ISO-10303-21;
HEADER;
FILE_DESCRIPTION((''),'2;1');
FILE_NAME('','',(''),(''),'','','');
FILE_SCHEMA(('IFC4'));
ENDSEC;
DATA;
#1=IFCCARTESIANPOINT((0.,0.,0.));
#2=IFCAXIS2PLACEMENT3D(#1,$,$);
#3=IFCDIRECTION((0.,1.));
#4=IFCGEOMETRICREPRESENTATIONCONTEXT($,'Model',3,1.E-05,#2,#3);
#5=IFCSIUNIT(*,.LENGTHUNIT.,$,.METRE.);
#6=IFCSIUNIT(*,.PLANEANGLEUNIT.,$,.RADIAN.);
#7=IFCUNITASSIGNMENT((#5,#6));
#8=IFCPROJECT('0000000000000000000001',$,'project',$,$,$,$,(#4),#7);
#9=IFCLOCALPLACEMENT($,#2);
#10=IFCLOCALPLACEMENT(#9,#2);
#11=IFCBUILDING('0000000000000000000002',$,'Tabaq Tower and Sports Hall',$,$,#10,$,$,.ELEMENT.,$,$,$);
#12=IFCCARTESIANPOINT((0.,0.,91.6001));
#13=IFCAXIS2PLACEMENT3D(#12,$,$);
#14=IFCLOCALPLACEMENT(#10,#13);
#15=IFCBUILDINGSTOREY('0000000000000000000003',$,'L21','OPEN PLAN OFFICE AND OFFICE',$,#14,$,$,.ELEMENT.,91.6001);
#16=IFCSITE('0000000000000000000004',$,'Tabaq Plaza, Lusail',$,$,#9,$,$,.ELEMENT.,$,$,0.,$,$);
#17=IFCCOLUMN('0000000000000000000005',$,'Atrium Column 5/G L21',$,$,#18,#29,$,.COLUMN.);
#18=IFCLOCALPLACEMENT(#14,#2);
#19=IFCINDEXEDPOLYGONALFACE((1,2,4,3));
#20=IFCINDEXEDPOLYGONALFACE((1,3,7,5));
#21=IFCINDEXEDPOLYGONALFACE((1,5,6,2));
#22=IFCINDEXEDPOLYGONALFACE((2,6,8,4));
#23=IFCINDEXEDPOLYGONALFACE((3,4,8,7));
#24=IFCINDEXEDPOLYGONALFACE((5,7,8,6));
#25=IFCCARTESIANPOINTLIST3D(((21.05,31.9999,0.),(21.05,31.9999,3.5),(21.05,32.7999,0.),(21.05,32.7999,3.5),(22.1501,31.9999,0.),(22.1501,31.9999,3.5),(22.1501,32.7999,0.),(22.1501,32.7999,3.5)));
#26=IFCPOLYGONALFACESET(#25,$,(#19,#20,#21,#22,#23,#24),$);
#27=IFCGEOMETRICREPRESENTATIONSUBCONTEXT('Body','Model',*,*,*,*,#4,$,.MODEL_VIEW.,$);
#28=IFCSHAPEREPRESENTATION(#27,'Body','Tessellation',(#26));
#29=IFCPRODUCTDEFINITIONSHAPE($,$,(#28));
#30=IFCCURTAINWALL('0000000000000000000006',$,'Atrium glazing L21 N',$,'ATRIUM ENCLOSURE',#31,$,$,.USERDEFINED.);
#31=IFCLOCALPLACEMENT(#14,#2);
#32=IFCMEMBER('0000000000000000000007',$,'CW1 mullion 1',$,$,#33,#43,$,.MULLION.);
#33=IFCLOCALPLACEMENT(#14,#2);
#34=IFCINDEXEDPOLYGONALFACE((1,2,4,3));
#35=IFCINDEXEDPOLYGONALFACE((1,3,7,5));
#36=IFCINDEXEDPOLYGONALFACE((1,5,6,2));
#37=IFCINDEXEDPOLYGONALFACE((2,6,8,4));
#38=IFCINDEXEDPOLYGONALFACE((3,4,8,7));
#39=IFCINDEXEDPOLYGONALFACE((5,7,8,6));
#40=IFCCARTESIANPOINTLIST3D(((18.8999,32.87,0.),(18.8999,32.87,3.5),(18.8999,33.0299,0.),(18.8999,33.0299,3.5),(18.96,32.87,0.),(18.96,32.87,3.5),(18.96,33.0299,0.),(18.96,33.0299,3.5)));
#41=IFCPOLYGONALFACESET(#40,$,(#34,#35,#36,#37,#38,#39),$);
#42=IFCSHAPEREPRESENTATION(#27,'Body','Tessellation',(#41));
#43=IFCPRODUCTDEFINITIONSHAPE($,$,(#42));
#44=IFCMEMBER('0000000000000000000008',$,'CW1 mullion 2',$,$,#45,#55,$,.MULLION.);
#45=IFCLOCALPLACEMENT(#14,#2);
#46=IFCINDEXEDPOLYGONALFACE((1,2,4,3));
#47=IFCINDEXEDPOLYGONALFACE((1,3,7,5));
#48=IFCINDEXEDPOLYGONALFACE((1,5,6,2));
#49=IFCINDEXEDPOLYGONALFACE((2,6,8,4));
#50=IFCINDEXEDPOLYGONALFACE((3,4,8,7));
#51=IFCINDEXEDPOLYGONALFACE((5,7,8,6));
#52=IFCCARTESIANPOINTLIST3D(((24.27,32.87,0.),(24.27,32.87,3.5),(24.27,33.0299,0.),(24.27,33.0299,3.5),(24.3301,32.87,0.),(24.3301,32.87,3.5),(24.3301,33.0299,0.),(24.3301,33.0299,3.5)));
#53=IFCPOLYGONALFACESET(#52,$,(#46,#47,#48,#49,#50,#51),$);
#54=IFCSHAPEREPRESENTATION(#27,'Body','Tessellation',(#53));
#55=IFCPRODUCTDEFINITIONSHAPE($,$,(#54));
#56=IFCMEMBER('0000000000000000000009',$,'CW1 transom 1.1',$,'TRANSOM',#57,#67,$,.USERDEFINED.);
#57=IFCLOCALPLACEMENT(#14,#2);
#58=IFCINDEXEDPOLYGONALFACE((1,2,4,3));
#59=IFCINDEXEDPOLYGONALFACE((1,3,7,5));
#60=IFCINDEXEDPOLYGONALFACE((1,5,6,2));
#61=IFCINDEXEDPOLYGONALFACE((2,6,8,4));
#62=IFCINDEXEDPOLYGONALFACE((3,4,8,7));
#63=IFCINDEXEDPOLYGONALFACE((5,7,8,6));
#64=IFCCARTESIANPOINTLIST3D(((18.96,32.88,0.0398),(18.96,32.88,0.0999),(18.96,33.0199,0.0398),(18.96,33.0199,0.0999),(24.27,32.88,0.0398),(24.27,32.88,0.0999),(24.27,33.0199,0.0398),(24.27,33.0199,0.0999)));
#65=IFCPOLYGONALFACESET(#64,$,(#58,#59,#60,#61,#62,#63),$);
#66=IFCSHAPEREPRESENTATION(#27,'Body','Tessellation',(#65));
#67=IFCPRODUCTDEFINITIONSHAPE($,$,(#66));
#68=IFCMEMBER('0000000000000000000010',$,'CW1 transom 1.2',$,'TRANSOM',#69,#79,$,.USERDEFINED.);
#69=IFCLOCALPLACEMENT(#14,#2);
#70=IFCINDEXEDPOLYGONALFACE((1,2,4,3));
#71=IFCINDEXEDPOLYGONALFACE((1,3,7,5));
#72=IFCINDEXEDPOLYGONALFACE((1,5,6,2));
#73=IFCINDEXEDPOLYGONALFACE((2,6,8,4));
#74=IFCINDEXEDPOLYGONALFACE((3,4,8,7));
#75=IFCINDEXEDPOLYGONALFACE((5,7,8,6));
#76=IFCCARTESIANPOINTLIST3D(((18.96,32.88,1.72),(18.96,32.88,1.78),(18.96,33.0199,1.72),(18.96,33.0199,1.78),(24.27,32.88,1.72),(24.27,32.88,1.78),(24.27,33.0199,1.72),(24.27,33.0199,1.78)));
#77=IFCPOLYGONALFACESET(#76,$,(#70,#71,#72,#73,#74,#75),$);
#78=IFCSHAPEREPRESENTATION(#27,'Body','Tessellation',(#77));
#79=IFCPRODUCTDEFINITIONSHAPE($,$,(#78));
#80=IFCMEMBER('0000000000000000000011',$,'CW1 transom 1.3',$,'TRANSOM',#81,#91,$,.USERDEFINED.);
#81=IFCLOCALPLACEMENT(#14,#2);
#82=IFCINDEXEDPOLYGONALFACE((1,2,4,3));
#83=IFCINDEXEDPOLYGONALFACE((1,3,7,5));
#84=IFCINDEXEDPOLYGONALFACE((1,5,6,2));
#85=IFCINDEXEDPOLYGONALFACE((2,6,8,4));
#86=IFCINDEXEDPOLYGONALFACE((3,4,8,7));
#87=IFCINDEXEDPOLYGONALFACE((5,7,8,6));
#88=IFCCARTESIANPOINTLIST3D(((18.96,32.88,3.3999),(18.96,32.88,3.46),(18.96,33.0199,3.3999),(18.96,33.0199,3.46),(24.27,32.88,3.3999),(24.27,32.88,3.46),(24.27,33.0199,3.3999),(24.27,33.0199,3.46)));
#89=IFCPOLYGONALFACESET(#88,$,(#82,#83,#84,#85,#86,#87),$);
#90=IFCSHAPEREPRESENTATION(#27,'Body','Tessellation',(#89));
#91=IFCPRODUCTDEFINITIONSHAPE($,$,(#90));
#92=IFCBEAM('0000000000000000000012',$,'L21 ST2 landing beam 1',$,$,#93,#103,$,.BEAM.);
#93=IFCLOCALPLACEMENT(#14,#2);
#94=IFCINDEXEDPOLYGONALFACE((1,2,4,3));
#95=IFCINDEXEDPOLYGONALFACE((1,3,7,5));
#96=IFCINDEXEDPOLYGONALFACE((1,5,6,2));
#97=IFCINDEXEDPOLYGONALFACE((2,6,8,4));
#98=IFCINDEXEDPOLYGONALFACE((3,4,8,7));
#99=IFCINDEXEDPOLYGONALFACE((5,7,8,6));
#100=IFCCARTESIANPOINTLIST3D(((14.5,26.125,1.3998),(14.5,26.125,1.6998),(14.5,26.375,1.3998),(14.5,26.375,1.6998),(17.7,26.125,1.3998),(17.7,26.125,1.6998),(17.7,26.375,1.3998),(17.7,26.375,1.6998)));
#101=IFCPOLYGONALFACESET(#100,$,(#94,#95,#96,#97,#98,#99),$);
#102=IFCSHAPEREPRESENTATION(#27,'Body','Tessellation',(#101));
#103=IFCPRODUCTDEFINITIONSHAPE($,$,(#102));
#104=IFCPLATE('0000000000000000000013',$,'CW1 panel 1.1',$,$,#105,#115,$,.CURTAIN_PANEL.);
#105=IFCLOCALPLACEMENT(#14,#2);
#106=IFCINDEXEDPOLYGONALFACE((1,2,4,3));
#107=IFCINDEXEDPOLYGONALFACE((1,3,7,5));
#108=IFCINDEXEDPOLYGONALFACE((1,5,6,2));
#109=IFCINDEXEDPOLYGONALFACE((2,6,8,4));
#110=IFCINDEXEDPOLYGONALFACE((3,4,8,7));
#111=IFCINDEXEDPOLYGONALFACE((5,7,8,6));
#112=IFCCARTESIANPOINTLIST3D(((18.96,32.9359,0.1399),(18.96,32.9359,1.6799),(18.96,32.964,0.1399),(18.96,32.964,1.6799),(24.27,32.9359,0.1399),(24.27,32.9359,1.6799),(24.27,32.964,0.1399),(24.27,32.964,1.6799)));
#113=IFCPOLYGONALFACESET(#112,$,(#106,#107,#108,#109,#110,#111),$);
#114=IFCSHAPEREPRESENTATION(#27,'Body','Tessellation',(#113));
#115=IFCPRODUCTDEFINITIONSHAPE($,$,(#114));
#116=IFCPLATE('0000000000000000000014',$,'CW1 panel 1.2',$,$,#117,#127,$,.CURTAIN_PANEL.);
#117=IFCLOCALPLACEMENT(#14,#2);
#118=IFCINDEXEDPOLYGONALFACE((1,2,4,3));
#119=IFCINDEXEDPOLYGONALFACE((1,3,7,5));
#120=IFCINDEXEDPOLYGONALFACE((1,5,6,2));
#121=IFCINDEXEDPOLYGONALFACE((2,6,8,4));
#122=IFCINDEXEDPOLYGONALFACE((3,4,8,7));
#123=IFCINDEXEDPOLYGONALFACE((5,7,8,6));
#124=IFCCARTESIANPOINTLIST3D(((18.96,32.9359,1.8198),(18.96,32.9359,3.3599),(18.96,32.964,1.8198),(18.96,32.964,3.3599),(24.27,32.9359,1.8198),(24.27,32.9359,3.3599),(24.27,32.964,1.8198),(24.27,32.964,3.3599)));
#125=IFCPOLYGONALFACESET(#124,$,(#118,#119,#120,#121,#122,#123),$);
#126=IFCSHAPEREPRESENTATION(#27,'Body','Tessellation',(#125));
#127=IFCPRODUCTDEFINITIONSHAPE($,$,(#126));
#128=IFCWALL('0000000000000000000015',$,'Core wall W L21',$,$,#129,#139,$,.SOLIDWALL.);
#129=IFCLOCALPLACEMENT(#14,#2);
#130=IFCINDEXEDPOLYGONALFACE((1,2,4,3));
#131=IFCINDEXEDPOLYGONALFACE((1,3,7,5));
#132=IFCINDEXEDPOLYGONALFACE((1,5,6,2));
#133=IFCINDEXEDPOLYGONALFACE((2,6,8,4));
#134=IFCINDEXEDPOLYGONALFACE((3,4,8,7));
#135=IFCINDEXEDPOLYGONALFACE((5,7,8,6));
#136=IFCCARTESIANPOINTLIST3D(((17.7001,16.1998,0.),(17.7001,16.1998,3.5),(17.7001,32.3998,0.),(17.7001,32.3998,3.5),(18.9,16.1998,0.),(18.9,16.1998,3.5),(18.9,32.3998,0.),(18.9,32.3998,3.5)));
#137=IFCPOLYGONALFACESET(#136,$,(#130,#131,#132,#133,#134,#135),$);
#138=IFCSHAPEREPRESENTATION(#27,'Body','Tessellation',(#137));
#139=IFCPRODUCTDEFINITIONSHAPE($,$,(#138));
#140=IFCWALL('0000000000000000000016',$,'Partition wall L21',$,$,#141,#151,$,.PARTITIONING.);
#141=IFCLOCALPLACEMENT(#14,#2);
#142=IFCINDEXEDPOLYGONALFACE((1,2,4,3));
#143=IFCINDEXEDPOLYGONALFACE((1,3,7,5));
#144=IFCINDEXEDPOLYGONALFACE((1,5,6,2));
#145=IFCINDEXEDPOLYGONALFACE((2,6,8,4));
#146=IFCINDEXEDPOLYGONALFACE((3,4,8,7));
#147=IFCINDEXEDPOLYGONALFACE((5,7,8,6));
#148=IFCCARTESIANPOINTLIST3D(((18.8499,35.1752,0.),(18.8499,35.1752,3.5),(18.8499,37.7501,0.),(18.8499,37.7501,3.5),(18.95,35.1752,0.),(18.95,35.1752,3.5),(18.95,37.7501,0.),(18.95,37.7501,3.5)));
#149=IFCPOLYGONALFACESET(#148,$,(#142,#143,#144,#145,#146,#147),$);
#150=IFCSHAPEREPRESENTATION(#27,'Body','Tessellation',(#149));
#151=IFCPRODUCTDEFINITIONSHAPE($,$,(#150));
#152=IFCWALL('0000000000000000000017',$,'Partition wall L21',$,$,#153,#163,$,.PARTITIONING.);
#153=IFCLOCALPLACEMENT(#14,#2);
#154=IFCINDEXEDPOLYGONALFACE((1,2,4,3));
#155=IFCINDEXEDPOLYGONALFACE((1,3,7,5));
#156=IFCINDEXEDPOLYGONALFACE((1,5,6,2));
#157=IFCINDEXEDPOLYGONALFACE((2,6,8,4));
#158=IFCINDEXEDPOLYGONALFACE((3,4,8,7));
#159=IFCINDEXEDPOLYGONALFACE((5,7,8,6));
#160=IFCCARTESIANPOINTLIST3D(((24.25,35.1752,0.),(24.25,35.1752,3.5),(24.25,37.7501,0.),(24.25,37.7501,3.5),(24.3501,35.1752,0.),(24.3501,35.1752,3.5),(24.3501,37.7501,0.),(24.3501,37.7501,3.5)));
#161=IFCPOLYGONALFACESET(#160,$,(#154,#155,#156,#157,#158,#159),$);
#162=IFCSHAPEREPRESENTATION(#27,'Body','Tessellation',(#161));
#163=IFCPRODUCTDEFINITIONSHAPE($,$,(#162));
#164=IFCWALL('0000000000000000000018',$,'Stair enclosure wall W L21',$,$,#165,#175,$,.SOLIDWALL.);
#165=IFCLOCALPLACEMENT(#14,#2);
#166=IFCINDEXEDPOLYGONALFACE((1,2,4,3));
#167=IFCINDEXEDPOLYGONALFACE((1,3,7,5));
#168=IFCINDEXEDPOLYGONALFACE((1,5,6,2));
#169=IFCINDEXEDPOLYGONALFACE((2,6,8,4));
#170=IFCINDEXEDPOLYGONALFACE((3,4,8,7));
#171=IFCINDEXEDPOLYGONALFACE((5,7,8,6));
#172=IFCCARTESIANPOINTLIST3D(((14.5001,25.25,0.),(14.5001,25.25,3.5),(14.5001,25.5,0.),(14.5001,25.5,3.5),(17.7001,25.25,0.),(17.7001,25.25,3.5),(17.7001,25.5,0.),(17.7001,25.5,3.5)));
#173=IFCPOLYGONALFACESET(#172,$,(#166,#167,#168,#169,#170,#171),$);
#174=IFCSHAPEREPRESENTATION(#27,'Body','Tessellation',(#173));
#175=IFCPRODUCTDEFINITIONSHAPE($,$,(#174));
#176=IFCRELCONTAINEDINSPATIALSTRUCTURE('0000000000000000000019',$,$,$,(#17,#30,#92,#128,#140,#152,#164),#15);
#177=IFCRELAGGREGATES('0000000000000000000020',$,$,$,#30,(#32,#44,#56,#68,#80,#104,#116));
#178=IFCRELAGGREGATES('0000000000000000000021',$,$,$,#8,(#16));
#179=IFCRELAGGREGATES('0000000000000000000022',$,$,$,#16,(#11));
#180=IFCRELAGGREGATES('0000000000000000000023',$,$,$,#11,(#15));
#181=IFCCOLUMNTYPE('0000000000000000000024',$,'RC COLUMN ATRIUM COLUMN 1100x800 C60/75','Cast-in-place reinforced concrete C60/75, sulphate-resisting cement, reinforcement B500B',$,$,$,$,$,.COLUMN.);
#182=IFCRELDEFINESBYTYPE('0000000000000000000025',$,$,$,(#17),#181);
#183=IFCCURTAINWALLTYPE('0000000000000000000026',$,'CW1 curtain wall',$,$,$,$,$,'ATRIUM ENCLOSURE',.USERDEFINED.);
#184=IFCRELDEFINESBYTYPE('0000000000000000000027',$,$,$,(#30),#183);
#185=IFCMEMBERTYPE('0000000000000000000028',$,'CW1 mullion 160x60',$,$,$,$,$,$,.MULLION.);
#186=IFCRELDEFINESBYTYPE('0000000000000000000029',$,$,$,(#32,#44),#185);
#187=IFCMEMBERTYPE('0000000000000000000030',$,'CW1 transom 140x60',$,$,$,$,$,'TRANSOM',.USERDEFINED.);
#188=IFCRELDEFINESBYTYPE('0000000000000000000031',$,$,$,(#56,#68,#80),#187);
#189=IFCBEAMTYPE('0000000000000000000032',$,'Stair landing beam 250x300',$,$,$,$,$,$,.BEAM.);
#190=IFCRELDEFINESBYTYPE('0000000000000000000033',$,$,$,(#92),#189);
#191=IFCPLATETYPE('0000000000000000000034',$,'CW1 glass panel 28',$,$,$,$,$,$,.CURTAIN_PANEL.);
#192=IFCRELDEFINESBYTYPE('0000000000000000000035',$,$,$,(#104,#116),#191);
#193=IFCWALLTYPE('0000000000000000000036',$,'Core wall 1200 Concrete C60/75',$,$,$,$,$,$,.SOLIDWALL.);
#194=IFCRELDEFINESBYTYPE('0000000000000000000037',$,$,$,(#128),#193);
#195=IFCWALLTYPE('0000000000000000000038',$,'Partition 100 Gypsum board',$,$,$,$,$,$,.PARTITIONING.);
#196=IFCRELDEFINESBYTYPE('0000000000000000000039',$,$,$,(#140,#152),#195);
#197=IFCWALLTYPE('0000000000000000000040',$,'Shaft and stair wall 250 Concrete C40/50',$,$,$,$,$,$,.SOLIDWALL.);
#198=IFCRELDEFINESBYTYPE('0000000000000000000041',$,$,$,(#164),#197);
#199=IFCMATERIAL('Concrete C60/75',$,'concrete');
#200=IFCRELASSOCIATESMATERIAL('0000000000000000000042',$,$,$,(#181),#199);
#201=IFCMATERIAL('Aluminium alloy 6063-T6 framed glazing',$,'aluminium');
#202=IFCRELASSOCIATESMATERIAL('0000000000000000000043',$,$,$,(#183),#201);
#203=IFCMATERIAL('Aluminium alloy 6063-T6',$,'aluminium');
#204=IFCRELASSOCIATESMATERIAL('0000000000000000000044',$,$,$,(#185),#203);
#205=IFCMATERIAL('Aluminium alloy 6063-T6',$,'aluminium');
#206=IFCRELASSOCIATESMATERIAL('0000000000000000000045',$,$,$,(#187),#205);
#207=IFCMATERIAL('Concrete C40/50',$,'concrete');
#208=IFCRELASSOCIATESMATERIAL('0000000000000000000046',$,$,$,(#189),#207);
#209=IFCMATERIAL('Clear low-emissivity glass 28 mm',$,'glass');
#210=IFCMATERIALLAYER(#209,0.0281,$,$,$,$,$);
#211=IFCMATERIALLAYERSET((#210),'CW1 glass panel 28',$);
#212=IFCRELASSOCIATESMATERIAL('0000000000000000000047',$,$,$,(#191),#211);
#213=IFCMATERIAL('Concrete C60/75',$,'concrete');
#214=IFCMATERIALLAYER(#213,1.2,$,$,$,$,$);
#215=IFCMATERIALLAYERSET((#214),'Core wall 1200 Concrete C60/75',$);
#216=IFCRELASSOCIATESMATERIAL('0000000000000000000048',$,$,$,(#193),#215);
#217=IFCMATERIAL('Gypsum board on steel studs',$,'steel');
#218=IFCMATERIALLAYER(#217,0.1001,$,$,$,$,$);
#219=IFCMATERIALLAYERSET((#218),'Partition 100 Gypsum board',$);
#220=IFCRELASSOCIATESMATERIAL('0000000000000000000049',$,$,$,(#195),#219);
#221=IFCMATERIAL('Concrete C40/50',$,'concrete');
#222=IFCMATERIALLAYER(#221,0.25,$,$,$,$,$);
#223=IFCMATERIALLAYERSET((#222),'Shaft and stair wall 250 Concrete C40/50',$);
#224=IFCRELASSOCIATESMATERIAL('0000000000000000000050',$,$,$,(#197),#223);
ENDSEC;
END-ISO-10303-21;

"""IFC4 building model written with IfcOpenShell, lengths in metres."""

from ifc_helpers import new_model, si_unit, direction, frame, frame_2d, origin, origin_2d, place, context, subcontext, project, spatial, rectangle, extrude, material, layer, layer_set, material_profile, profile_set, type_object, element, aggregate, save


model = new_model("IFC4")

# Units and contexts
model_context = context("Model", 3, precision=1e-05, world=origin(), true_north=direction((0.0, 1.0)))
body_context = subcontext(model_context, "Body", "Model", "MODEL_VIEW")
ifc_project = project(units=[si_unit("LENGTHUNIT", "METRE"), si_unit("PLANEANGLEUNIT", "RADIAN")], contexts=[model_context])

# Site, building, storey
site_placement = place(None, origin())
site = spatial("IfcSite", under=ifc_project, at=site_placement, Name="Tabaq Plaza, Lusail", CompositionType="ELEMENT", RefElevation=0.0)
building_placement = place(site_placement, origin())
building = spatial("IfcBuilding", under=site, at=building_placement, Name="Tabaq Tower and Sports Hall", CompositionType="ELEMENT")
storey_placement = place(building_placement, frame((0.0, 0.0, 91.6001)))
storey = spatial("IfcBuildingStorey", under=building, at=storey_placement, Name="L21", Description="OPEN PLAN OFFICE AND OFFICE", CompositionType="ELEMENT", Elevation=91.6001)

# Column
ifc_material_1 = material(Name="Concrete C60/75", Category="concrete")
ifc_material_profile_1 = material_profile(ifc_material_1, rectangle(XDim=1.1001, YDim=0.8, at=origin_2d()), Name="ATRIUM COLUMN 1100x800")
ifc_profile_set_1 = profile_set([ifc_material_profile_1], Name="Concrete C60/75")
column_type = type_object("IfcColumnType", Name="RC COLUMN ATRIUM COLUMN 1100x800 C60/75", Description="Cast-in-place reinforced concrete C60/75, sulphate-resisting cement, reinforcement B500B", PredefinedType="COLUMN", material=ifc_profile_set_1)
column_placement = place(storey_placement, frame((21.6001, 32.3999, 0.0), z_axis=(0.0, 0.0, 1.0), x_axis=(1.0, 0.0, 0.0)))
element("IfcColumn", 1, at=column_placement, inside=storey, type_object=column_type, Name="Atrium Column 5/G L21", PredefinedType="COLUMN", context=body_context, shape_type="SweptSolid", body=[
    extrude(rectangle(XDim=1.1001, YDim=0.8, at=origin_2d()), origin(), (0.0, 0.0, 1.0), 3.5),
])

# Curtain wall, members
ifc_material_2 = material(Name="Aluminium alloy 6063-T6 framed glazing", Category="aluminium")
curtain_wall_type = type_object("IfcCurtainWallType", Name="CW1 curtain wall", ElementType="ATRIUM ENCLOSURE", PredefinedType="USERDEFINED", material=ifc_material_2)
curtain_wall_placement = place(storey_placement, origin())
curtain_wall = element("IfcCurtainWall", 2, at=curtain_wall_placement, inside=storey, type_object=curtain_wall_type, Name="Atrium glazing L21 N", ObjectType="ATRIUM ENCLOSURE", PredefinedType="USERDEFINED")
ifc_material_3 = material(Name="Aluminium alloy 6063-T6", Category="aluminium")
ifc_material_profile_2 = material_profile(ifc_material_3, rectangle(XDim=0.1599, YDim=0.0601, at=origin_2d()), Name="MULLION 160x60")
ifc_profile_set_2 = profile_set([ifc_material_profile_2], Name="Aluminium alloy 6063-T6")
member_type_1 = type_object("IfcMemberType", Name="CW1 mullion 160x60", PredefinedType="MULLION", material=ifc_profile_set_2)
member_1_placement = place(storey_placement, frame((18.9299, 32.95, 0.0), z_axis=(0.0, 0.0, 1.0), x_axis=(0.0, 1.0, 0.0)))
member_1 = element("IfcMember", 3, at=member_1_placement, type_object=member_type_1, Name="CW1 mullion 1", PredefinedType="MULLION", context=body_context, shape_type="SweptSolid", body=[
    extrude(rectangle(XDim=0.1599, YDim=0.0601, at=origin_2d()), origin(), (0.0, 0.0, 1.0), 3.5),
])
member_2_placement = place(storey_placement, frame((24.3, 32.95, 0.0), z_axis=(0.0, 0.0, 1.0), x_axis=(0.0, 1.0, 0.0)))
member_2 = element("IfcMember", 4, at=member_2_placement, type_object=member_type_1, Name="CW1 mullion 2", PredefinedType="MULLION", context=body_context, shape_type="SweptSolid", body=[
    extrude(rectangle(XDim=0.1599, YDim=0.0601, at=origin_2d()), origin(), (0.0, 0.0, 1.0), 3.5),
])
ifc_material_4 = material(Name="Aluminium alloy 6063-T6", Category="aluminium")
ifc_material_profile_3 = material_profile(ifc_material_4, rectangle(XDim=0.1399, YDim=0.0601, at=origin_2d()), Name="TRANSOM 140x60")
ifc_profile_set_3 = profile_set([ifc_material_profile_3], Name="Aluminium alloy 6063-T6")
member_type_2 = type_object("IfcMemberType", Name="CW1 transom 140x60", ElementType="TRANSOM", PredefinedType="USERDEFINED", material=ifc_profile_set_3)
member_3_placement = place(storey_placement, frame((18.96, 32.95, 0.0698), z_axis=(1.0, 0.0, 0.0), x_axis=(0.0, 1.0, 0.0)))
member_3 = element("IfcMember", 5, at=member_3_placement, type_object=member_type_2, Name="CW1 transom 1.1", ObjectType="TRANSOM", PredefinedType="USERDEFINED", context=body_context, shape_type="SweptSolid", body=[
    extrude(rectangle(XDim=0.1399, YDim=0.0601, at=origin_2d()), origin(), (0.0, 0.0, 1.0), 5.3101),
])
member_4_placement = place(storey_placement, frame((18.96, 32.95, 1.75), z_axis=(1.0, 0.0, 0.0), x_axis=(0.0, 1.0, 0.0)))
member_4 = element("IfcMember", 6, at=member_4_placement, type_object=member_type_2, Name="CW1 transom 1.2", ObjectType="TRANSOM", PredefinedType="USERDEFINED", context=body_context, shape_type="SweptSolid", body=[
    extrude(rectangle(XDim=0.1399, YDim=0.0601, at=origin_2d()), origin(), (0.0, 0.0, 1.0), 5.3101),
])
member_5_placement = place(storey_placement, frame((18.96, 32.95, 3.4299), z_axis=(1.0, 0.0, 0.0), x_axis=(0.0, 1.0, 0.0)))
member_5 = element("IfcMember", 7, at=member_5_placement, type_object=member_type_2, Name="CW1 transom 1.3", ObjectType="TRANSOM", PredefinedType="USERDEFINED", context=body_context, shape_type="SweptSolid", body=[
    extrude(rectangle(XDim=0.1399, YDim=0.0601, at=origin_2d()), origin(), (0.0, 0.0, 1.0), 5.3101),
])

# Beam
ifc_material_5 = material(Name="Concrete C40/50", Category="concrete")
ifc_material_profile_4 = material_profile(ifc_material_5, rectangle(XDim=0.25, YDim=0.3, at=origin_2d()), Name="RC 250x300")
ifc_profile_set_4 = profile_set([ifc_material_profile_4], Name="Concrete C40/50")
beam_type = type_object("IfcBeamType", Name="Stair landing beam 250x300", PredefinedType="BEAM", material=ifc_profile_set_4)
beam_placement = place(storey_placement, frame((14.5, 26.25, 1.5498), z_axis=(1.0, 0.0, 0.0), x_axis=(0.0, 1.0, 0.0)))
element("IfcBeam", 8, at=beam_placement, inside=storey, type_object=beam_type, Name="L21 ST2 landing beam 1", PredefinedType="BEAM", context=body_context, shape_type="SweptSolid", body=[
    extrude(rectangle(XDim=0.25, YDim=0.3, at=origin_2d()), origin(), (0.0, 0.0, 1.0), 3.2),
])

# Plates
ifc_material_6 = material(Name="Clear low-emissivity glass 28 mm", Category="glass")
ifc_layer_1 = layer(ifc_material_6, 0.0281)
ifc_layer_set_1 = layer_set([ifc_layer_1], Name="CW1 glass panel 28")
plate_type = type_object("IfcPlateType", Name="CW1 glass panel 28", PredefinedType="CURTAIN_PANEL", material=ifc_layer_set_1)
plate_1_placement = place(storey_placement, frame((21.615, 32.95, 0.1399), z_axis=(0.0, 0.0, 1.0), x_axis=(1.0, 0.0, 0.0)))
plate_1 = element("IfcPlate", 9, at=plate_1_placement, type_object=plate_type, Name="CW1 panel 1.1", PredefinedType="CURTAIN_PANEL", context=body_context, shape_type="SweptSolid", body=[
    extrude(rectangle(XDim=5.3101, YDim=0.0281, at=origin_2d()), origin(), (0.0, 0.0, 1.0), 1.54),
])
plate_2_placement = place(storey_placement, frame((21.615, 32.95, 1.8198), z_axis=(0.0, 0.0, 1.0), x_axis=(1.0, 0.0, 0.0)))
plate_2 = element("IfcPlate", 10, at=plate_2_placement, type_object=plate_type, Name="CW1 panel 1.2", PredefinedType="CURTAIN_PANEL", context=body_context, shape_type="SweptSolid", body=[
    extrude(rectangle(XDim=5.3101, YDim=0.0281, at=origin_2d()), origin(), (0.0, 0.0, 1.0), 1.54),
])
aggregate(curtain_wall, [member_1, member_2, member_3, member_4, member_5, plate_1, plate_2])

# Walls
ifc_material_7 = material(Name="Concrete C60/75", Category="concrete")
ifc_layer_2 = layer(ifc_material_7, 1.2)
ifc_layer_set_2 = layer_set([ifc_layer_2], Name="Core wall 1200 Concrete C60/75")
wall_type_1 = type_object("IfcWallType", Name="Core wall 1200 Concrete C60/75", PredefinedType="SOLIDWALL", material=ifc_layer_set_2)
wall_1_placement = place(storey_placement, frame((18.3, 32.3999, 0.0), z_axis=(0.0, 0.0, 1.0), x_axis=(0.0, -1.0, 0.0)))
element("IfcWall", 11, at=wall_1_placement, inside=storey, type_object=wall_type_1, Name="Core wall W L21", PredefinedType="SOLIDWALL", context=body_context, shape_type="SweptSolid", body=[
    extrude(rectangle(XDim=16.2, YDim=1.2, at=frame_2d((8.1001, 0.0))), origin(), (0.0, 0.0, 1.0), 3.5),
])
ifc_material_8 = material(Name="Gypsum board on steel studs", Category="steel")
ifc_layer_3 = layer(ifc_material_8, 0.1001)
ifc_layer_set_3 = layer_set([ifc_layer_3], Name="Partition 100 Gypsum board")
wall_type_2 = type_object("IfcWallType", Name="Partition 100 Gypsum board", PredefinedType="PARTITIONING", material=ifc_layer_set_3)
for number, where, z_axis, x_axis, name in (
    (12, (18.8999, 35.175, 0.0), (0.0, 0.0, 1.0), (0.0, 1.0, 0.0), "Partition wall L21"),
    (13, (24.3, 35.175, 0.0), (0.0, 0.0, 1.0), (0.0, 1.0, 0.0), "Partition wall L21"),
):
    element("IfcWall", number, at=place(storey_placement, frame(where, z_axis=z_axis, x_axis=x_axis)), inside=storey, type_object=wall_type_2, Name=name, PredefinedType="PARTITIONING", context=body_context, shape_type="SweptSolid", body=[
        extrude(rectangle(XDim=2.575, YDim=0.1001, at=frame_2d((1.2876, 0.0))), origin(), (0.0, 0.0, 1.0), 3.5),
    ])
ifc_material_9 = material(Name="Concrete C40/50", Category="concrete")
ifc_layer_4 = layer(ifc_material_9, 0.25)
ifc_layer_set_4 = layer_set([ifc_layer_4], Name="Shaft and stair wall 250 Concrete C40/50")
wall_type_3 = type_object("IfcWallType", Name="Shaft and stair wall 250 Concrete C40/50", PredefinedType="SOLIDWALL", material=ifc_layer_set_4)
wall_2_placement = place(storey_placement, frame((14.5, 25.375, 0.0), z_axis=(0.0, 0.0, 1.0), x_axis=(1.0, 0.0, 0.0)))
element("IfcWall", 14, at=wall_2_placement, inside=storey, type_object=wall_type_3, Name="Stair enclosure wall W L21", PredefinedType="SOLIDWALL", context=body_context, shape_type="SweptSolid", body=[
    extrude(rectangle(XDim=3.2, YDim=0.25, at=frame_2d((1.6001, 0.0))), origin(), (0.0, 0.0, 1.0), 3.5),
])

save(model, "model.ifc")
